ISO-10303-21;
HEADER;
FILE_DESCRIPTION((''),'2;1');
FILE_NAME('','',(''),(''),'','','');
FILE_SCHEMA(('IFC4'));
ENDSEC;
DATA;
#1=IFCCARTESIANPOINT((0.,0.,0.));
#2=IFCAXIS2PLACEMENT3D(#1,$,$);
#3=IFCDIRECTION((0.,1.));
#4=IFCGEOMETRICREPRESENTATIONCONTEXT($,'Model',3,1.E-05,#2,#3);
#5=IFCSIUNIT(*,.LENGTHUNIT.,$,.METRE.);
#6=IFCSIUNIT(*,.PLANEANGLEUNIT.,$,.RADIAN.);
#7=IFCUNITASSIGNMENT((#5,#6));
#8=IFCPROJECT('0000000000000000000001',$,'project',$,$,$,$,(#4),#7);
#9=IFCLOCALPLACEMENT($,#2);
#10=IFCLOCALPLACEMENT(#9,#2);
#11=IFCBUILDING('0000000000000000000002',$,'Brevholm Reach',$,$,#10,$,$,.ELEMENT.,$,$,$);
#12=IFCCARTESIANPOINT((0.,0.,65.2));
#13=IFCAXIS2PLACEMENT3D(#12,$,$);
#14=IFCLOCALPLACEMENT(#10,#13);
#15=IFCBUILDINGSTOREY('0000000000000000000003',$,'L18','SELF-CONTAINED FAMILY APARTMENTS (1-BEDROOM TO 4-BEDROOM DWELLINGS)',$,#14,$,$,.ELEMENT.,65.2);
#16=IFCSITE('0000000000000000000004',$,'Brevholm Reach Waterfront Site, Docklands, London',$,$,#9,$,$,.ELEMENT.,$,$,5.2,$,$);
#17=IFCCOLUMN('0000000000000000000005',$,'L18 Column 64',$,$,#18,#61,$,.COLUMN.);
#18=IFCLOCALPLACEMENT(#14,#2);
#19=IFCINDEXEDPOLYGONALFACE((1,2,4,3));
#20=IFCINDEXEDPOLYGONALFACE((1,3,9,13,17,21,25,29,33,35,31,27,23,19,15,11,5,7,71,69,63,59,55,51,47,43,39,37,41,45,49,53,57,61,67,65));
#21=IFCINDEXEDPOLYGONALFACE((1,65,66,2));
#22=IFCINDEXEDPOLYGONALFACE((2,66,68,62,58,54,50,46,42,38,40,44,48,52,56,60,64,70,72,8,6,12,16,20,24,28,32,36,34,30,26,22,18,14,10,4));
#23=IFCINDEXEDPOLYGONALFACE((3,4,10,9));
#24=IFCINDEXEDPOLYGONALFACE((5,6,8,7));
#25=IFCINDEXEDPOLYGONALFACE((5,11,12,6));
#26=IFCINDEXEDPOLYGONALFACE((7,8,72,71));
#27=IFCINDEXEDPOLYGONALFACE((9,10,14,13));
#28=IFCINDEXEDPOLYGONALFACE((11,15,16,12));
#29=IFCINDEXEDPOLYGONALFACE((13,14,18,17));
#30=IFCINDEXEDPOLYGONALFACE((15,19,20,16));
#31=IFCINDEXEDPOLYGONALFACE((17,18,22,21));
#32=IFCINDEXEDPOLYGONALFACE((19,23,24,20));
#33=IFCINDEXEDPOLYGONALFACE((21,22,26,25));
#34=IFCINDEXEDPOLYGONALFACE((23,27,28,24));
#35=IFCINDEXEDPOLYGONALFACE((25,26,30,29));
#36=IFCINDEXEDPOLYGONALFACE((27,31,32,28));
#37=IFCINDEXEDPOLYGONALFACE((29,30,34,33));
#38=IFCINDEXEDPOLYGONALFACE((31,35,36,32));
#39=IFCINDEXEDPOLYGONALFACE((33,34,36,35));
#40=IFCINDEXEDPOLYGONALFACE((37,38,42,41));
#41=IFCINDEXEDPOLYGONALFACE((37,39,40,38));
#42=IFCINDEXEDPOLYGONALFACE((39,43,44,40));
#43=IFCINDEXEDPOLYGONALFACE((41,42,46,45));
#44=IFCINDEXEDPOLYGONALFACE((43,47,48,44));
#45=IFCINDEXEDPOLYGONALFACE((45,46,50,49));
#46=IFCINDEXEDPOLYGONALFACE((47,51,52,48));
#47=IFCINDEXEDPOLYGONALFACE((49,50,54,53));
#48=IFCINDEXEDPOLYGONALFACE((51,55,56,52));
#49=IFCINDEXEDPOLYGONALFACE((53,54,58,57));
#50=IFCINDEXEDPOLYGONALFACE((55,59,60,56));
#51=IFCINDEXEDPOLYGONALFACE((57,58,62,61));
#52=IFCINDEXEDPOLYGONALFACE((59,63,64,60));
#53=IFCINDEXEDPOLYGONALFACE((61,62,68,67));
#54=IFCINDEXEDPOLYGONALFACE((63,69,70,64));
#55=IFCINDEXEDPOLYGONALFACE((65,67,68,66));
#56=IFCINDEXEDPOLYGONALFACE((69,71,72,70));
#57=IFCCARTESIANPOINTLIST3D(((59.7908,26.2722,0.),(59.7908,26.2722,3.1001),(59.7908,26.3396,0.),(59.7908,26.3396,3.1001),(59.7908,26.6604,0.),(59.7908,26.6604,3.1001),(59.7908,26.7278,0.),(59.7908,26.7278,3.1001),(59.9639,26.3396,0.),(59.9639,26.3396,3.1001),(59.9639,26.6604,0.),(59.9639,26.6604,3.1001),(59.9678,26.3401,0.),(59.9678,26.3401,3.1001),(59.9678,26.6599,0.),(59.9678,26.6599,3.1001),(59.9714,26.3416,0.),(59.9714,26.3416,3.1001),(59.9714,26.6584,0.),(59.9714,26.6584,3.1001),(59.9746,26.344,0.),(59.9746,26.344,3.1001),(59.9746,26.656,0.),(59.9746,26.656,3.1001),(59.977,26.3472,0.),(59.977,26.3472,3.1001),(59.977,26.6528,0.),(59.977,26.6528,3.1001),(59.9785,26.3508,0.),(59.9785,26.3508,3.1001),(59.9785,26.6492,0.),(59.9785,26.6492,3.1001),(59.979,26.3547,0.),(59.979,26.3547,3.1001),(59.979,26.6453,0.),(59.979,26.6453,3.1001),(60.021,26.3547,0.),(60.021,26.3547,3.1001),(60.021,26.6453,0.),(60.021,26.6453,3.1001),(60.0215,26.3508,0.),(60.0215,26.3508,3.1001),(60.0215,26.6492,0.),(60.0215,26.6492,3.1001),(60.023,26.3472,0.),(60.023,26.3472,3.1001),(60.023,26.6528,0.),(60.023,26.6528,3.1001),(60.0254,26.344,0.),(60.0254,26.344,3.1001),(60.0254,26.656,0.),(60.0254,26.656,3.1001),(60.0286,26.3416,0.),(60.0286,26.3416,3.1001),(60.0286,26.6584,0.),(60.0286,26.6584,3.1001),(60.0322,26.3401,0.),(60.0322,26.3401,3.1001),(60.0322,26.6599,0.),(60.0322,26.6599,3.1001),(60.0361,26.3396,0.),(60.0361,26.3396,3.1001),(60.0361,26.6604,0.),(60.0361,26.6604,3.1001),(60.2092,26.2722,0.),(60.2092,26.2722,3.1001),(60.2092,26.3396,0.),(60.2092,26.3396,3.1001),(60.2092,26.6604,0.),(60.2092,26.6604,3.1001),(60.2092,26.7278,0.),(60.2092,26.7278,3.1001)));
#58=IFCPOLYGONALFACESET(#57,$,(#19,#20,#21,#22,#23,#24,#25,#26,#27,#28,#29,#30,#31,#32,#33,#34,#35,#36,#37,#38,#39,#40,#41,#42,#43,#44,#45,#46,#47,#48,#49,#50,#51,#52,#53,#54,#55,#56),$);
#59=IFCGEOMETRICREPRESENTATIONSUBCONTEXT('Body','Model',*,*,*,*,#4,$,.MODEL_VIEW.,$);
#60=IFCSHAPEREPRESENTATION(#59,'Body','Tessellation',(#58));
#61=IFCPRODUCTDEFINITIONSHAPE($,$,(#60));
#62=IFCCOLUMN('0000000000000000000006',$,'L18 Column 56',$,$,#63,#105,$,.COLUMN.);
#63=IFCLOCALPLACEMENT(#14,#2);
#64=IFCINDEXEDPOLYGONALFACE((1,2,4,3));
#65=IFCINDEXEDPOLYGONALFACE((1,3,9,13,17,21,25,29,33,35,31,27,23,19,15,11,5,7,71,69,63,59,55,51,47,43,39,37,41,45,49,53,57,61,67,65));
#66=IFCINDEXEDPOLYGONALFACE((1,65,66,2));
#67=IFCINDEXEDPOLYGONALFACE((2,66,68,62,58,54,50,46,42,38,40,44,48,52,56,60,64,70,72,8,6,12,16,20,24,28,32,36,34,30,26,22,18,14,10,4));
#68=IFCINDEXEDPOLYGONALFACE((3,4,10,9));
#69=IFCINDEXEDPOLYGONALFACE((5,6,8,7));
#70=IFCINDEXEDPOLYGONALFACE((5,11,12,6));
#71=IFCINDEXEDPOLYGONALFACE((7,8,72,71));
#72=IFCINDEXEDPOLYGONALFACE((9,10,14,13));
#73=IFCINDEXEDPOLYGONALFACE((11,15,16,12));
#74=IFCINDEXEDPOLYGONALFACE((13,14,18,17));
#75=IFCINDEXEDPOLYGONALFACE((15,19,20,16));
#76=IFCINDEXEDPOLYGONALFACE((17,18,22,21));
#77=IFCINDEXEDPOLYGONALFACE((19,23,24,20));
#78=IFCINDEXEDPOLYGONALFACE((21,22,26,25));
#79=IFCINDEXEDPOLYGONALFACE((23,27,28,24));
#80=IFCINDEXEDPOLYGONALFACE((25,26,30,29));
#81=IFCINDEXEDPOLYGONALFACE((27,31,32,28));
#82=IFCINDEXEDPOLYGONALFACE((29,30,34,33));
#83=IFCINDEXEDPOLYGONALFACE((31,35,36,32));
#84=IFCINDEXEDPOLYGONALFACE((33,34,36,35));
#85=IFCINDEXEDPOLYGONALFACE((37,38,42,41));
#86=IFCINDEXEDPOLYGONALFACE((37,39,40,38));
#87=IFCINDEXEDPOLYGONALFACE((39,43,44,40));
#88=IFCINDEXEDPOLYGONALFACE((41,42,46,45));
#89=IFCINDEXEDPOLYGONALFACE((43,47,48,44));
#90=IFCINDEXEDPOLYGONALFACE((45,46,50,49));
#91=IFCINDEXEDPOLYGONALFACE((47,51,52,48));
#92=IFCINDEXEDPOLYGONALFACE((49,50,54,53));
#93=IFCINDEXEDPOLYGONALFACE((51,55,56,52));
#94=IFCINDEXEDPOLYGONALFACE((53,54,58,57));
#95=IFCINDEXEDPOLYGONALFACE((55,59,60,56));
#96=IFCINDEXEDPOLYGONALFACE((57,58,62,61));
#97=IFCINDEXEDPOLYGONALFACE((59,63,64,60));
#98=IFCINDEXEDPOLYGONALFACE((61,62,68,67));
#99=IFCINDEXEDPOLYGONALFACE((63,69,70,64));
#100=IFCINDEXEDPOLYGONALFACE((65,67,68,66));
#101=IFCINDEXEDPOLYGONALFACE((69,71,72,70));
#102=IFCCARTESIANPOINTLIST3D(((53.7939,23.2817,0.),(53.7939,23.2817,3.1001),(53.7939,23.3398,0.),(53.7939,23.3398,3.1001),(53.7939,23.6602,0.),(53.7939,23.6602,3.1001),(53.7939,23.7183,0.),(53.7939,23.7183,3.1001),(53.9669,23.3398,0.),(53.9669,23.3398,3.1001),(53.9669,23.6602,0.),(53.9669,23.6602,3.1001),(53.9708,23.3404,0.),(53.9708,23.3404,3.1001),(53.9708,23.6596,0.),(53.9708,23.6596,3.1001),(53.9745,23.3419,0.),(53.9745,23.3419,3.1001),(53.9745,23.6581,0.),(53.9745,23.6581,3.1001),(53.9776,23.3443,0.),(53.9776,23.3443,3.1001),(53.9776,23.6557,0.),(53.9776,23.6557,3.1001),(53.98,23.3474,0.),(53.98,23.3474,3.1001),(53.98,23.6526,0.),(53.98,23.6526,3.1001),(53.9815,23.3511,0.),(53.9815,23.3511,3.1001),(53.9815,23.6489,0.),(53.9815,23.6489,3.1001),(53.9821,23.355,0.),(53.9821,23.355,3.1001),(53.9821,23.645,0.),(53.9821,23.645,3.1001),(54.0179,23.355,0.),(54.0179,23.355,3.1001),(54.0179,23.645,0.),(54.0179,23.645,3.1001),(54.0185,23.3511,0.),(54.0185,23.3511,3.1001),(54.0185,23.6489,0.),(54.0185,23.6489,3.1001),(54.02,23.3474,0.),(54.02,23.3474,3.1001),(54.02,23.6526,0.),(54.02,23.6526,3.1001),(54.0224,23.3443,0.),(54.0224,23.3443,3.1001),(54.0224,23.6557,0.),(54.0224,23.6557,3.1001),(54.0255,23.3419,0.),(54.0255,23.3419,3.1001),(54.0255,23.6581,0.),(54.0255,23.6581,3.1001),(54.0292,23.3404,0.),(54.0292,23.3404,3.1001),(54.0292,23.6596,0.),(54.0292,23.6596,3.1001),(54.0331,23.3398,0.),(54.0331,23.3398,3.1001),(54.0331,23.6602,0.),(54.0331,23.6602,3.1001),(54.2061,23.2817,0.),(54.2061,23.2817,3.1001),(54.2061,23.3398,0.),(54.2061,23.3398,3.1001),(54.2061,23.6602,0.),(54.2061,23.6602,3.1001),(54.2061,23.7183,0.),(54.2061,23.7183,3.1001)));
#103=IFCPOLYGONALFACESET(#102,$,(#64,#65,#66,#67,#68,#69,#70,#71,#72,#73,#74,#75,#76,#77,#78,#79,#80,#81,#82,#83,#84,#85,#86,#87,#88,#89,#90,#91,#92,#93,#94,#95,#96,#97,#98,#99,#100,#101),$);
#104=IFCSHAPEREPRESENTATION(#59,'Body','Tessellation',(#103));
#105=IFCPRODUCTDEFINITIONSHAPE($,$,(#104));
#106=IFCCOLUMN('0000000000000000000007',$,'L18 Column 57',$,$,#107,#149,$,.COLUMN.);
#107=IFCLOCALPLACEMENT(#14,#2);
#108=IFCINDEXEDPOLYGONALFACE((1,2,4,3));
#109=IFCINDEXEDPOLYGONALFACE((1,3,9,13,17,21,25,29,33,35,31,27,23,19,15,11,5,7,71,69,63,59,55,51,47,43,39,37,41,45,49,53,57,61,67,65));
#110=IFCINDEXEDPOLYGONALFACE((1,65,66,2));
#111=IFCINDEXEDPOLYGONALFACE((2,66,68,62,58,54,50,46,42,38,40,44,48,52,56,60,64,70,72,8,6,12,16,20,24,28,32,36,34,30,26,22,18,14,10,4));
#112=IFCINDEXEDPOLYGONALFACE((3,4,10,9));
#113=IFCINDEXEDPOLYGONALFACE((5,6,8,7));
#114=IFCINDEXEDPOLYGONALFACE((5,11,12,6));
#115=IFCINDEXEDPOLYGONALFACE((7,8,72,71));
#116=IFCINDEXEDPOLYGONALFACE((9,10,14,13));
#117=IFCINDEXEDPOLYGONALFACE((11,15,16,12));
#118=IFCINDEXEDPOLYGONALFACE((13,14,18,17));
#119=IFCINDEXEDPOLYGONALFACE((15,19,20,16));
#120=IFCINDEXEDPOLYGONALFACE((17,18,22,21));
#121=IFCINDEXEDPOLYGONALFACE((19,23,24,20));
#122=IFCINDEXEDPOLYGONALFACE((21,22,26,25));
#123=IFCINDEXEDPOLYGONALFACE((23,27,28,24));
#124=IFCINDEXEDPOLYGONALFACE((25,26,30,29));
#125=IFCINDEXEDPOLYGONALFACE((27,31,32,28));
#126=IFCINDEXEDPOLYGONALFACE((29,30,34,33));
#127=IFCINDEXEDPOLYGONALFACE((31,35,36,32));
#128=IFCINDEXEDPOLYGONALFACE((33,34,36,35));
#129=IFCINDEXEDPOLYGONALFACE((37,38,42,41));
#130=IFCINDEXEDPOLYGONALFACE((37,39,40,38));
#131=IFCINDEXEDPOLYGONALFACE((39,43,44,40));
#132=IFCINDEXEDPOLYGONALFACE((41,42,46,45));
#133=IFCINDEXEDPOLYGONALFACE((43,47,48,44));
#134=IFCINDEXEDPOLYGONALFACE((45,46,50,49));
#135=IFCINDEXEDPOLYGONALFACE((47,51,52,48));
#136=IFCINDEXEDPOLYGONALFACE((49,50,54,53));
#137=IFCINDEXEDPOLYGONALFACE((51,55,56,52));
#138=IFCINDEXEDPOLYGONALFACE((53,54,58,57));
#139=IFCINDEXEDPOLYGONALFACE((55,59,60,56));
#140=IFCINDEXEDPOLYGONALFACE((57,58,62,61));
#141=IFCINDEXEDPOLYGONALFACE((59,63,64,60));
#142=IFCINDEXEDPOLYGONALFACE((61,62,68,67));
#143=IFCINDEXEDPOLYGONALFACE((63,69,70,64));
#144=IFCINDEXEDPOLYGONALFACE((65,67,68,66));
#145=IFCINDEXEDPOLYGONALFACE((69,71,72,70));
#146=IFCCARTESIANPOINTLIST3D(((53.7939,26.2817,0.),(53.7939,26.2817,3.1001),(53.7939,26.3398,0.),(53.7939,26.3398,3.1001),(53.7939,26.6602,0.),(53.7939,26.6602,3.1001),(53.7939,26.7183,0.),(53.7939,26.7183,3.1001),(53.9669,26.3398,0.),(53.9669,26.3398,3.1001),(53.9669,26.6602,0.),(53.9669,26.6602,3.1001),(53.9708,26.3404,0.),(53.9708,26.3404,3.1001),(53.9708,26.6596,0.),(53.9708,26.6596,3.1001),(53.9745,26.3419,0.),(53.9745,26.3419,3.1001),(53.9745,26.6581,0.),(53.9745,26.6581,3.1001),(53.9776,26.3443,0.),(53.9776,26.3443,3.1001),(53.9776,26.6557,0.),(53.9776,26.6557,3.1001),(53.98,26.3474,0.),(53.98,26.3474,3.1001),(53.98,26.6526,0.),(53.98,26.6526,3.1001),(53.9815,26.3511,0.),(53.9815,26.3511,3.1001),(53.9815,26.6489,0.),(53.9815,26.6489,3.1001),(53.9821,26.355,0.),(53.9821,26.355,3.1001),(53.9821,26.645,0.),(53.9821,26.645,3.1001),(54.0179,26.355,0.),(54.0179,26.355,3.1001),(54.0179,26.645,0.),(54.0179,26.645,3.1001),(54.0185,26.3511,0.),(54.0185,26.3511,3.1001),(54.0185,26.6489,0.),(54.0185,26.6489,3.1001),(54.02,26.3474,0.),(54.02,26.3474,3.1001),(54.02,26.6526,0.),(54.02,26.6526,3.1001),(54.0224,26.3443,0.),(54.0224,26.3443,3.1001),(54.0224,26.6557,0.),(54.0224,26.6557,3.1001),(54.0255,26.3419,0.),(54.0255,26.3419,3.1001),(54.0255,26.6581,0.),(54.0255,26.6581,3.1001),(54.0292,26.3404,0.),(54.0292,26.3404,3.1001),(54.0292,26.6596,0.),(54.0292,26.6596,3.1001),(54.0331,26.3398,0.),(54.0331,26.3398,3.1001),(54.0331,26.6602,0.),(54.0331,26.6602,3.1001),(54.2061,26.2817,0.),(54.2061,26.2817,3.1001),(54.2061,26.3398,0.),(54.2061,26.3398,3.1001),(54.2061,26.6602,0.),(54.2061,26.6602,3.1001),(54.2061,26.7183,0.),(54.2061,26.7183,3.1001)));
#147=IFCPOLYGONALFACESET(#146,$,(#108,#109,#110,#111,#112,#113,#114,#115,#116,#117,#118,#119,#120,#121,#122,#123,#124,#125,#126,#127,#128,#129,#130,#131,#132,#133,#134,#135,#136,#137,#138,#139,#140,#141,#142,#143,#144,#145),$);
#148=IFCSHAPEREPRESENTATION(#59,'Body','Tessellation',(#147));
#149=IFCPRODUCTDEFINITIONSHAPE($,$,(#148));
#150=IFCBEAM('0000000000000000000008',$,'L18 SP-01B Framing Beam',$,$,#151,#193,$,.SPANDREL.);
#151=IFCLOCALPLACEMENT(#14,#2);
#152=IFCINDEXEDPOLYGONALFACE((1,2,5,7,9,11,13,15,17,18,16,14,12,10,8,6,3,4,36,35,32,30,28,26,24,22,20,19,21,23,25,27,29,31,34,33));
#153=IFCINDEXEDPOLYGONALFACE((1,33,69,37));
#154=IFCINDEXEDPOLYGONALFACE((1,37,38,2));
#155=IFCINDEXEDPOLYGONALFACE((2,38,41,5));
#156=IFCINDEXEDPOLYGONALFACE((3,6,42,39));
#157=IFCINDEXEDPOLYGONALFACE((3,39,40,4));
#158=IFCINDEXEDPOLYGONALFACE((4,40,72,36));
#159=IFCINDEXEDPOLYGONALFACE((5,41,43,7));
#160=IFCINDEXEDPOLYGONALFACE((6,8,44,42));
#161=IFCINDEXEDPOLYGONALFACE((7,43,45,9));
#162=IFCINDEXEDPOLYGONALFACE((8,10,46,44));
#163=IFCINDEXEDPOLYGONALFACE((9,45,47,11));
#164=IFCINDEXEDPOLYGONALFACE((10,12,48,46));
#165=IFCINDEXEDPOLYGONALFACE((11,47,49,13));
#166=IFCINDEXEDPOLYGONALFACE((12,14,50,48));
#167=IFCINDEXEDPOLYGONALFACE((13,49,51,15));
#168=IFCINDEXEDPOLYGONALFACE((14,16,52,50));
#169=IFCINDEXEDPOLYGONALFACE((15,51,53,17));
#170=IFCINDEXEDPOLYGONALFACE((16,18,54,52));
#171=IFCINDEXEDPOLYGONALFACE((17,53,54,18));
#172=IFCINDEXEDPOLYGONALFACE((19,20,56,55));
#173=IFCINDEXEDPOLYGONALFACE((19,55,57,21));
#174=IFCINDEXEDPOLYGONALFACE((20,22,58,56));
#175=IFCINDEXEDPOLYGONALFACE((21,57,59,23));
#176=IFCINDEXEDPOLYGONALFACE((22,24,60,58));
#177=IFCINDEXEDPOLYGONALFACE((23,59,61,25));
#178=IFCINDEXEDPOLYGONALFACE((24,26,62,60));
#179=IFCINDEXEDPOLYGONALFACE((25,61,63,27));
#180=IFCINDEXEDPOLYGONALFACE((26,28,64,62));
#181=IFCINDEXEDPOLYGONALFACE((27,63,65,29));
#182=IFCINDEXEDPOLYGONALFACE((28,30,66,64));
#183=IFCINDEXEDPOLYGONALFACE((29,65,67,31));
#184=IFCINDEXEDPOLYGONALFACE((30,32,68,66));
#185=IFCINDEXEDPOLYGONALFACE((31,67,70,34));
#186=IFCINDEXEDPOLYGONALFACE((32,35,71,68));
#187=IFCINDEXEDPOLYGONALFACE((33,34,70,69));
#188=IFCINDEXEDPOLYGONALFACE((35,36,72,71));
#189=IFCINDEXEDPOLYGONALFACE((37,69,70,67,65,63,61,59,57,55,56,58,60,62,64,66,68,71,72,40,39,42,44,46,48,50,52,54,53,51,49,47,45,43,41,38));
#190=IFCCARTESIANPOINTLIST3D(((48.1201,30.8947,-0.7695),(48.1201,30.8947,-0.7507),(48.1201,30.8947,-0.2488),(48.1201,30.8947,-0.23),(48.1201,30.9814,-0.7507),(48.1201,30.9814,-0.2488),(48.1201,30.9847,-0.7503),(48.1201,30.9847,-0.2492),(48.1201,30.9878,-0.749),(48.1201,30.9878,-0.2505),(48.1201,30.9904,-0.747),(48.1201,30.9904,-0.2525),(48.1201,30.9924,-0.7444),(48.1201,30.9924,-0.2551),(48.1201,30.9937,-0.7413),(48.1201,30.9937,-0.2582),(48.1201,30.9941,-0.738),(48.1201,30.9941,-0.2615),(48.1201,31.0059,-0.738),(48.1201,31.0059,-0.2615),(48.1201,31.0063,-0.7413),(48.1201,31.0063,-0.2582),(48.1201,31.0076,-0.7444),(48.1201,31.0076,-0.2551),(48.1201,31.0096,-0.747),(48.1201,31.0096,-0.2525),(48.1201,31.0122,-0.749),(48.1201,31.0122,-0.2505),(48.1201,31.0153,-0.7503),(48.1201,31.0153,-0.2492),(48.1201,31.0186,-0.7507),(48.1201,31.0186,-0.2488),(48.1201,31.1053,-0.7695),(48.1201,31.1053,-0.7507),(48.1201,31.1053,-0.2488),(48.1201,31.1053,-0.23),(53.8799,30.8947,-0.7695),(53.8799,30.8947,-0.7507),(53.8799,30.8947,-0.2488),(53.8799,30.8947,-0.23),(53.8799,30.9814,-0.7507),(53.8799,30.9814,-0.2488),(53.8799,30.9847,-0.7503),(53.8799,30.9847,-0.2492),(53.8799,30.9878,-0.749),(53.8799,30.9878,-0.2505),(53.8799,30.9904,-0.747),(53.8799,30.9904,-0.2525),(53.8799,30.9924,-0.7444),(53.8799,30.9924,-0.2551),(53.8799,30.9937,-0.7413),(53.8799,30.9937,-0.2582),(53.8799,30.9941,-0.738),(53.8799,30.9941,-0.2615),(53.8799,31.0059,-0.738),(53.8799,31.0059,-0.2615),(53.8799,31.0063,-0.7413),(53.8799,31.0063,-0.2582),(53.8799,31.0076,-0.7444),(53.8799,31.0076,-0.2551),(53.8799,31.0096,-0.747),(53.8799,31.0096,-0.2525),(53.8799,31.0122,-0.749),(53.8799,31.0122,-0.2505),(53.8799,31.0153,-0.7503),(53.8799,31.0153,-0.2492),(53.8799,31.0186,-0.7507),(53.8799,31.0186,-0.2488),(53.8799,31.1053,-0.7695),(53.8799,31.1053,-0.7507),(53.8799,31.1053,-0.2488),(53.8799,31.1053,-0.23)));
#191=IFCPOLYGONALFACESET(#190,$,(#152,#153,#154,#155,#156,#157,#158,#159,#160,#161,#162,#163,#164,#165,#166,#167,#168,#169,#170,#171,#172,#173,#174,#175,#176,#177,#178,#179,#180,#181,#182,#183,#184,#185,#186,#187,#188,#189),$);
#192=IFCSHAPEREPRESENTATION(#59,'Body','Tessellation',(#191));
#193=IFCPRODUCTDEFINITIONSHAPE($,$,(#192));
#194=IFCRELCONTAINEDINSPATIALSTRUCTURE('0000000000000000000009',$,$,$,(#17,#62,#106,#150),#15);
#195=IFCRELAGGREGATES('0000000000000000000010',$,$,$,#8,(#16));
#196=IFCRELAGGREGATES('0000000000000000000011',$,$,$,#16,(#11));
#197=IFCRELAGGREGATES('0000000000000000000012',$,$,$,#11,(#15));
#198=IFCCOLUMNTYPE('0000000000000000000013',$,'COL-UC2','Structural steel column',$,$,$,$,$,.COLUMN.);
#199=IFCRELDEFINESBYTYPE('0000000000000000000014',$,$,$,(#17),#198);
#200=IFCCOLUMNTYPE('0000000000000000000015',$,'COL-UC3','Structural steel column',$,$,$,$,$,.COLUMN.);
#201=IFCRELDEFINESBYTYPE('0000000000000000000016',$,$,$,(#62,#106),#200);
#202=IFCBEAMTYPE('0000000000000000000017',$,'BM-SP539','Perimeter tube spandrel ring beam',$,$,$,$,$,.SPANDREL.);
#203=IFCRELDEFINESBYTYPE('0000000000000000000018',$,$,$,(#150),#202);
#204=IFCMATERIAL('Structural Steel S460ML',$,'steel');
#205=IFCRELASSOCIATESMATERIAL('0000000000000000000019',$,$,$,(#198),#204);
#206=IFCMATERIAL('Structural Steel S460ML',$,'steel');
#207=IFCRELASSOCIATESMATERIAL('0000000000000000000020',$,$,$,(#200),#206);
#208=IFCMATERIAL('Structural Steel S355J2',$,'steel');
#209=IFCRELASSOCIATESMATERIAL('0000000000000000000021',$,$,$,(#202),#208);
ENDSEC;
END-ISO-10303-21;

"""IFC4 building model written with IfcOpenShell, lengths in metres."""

from ifc_helpers import new_model, si_unit, direction, frame, origin, origin_2d, place, context, subcontext, project, spatial, i_section, extrude, material, material_profile, profile_set, type_object, element, save


model = new_model("IFC4")

# Units and contexts
model_context = context("Model", 3, precision=1e-05, world=origin(), true_north=direction((0.0, 1.0)))
body_context = subcontext(model_context, "Body", "Model", "MODEL_VIEW")
ifc_project = project(units=[si_unit("LENGTHUNIT", "METRE"), si_unit("PLANEANGLEUNIT", "RADIAN")], contexts=[model_context])

# Site, building, storey
site_placement = place(None, origin())
site = spatial("IfcSite", under=ifc_project, at=site_placement, Name="Brevholm Reach Waterfront Site, Docklands, London", CompositionType="ELEMENT", RefElevation=5.2)
building_placement = place(site_placement, origin())
building = spatial("IfcBuilding", under=site, at=building_placement, Name="Brevholm Reach", CompositionType="ELEMENT")
storey_placement = place(building_placement, frame((0.0, 0.0, 65.2)))
storey = spatial("IfcBuildingStorey", under=building, at=storey_placement, Name="L18", Description="SELF-CONTAINED FAMILY APARTMENTS (1-BEDROOM TO 4-BEDROOM DWELLINGS)", CompositionType="ELEMENT", Elevation=65.2)

# Columns
ifc_material_1 = material(Name="Structural Steel S460ML", Category="steel")
ifc_material_profile_1 = material_profile(ifc_material_1, i_section(OverallWidth=0.4185, OverallDepth=0.4556, WebThickness=0.042, FlangeThickness=0.0674, FilletRadius=0.0151, at=origin_2d()), Name="UKC 356x406x551")
ifc_profile_set_1 = profile_set([ifc_material_profile_1], Name="Structural Steel S460ML")
column_type_1 = type_object("IfcColumnType", Name="COL-UC2", Description="Structural steel column", PredefinedType="COLUMN", material=ifc_profile_set_1)
for number, where, z_axis, x_axis, name in (
    (1, (60.0, 26.5, 0.0), (0.0, 0.0, 1.0), (1.0, 0.0, 0.0), "L18 Column 64"),
):
    element("IfcColumn", number, at=place(storey_placement, frame(where, z_axis=z_axis, x_axis=x_axis)), inside=storey, type_object=column_type_1, Name=name, PredefinedType="COLUMN", context=body_context, shape_type="SweptSolid", body=[
        extrude(i_section(OverallWidth=0.4185, OverallDepth=0.4556, WebThickness=0.042, FlangeThickness=0.0674, FilletRadius=0.0151, at=origin_2d()), origin(), (0.0, 0.0, 1.0), 3.1001),
    ])
ifc_material_2 = material(Name="Structural Steel S460ML", Category="steel")
ifc_material_profile_2 = material_profile(ifc_material_2, i_section(OverallWidth=0.4121, OverallDepth=0.4365, WebThickness=0.0359, FlangeThickness=0.0581, FilletRadius=0.0151, at=origin_2d()), Name="UKC 356x406x467")
ifc_profile_set_2 = profile_set([ifc_material_profile_2], Name="Structural Steel S460ML")
column_type_2 = type_object("IfcColumnType", Name="COL-UC3", Description="Structural steel column", PredefinedType="COLUMN", material=ifc_profile_set_2)
for number, where, z_axis, x_axis, name in (
    (2, (54.0, 23.5, 0.0), (0.0, 0.0, 1.0), (1.0, 0.0, 0.0), "L18 Column 56"),
    (3, (54.0, 26.5, 0.0), (0.0, 0.0, 1.0), (1.0, 0.0, 0.0), "L18 Column 57"),
):
    element("IfcColumn", number, at=place(storey_placement, frame(where, z_axis=z_axis, x_axis=x_axis)), inside=storey, type_object=column_type_2, Name=name, PredefinedType="COLUMN", context=body_context, shape_type="SweptSolid", body=[
        extrude(i_section(OverallWidth=0.4121, OverallDepth=0.4365, WebThickness=0.0359, FlangeThickness=0.0581, FilletRadius=0.0151, at=origin_2d()), origin(), (0.0, 0.0, 1.0), 3.1001),
    ])

# Beam
ifc_material_3 = material(Name="Structural Steel S355J2", Category="steel")
ifc_material_profile_3 = material_profile(ifc_material_3, i_section(OverallWidth=0.2107, OverallDepth=0.5396, WebThickness=0.0117, FlangeThickness=0.0188, FilletRadius=0.0127, at=origin_2d()), Name="UKB 533x210x109")
ifc_profile_set_3 = profile_set([ifc_material_profile_3], Name="Structural Steel S355J2")
beam_type_1 = type_object("IfcBeamType", Name="BM-SP539", Description="Perimeter tube spandrel ring beam", PredefinedType="SPANDREL", material=ifc_profile_set_3)
beam_1_placement = place(storey_placement, frame((48.1201, 31.0, -0.4998), z_axis=(1.0, 0.0, 0.0), x_axis=(0.0, 1.0, 0.0)))
element("IfcBeam", 4, at=beam_1_placement, inside=storey, type_object=beam_type_1, Name="L18 SP-01B Framing Beam", PredefinedType="SPANDREL", context=body_context, shape_type="SweptSolid", body=[
    extrude(i_section(OverallWidth=0.2107, OverallDepth=0.5396, WebThickness=0.0117, FlangeThickness=0.0188, FilletRadius=0.0127, at=origin_2d()), origin(), (0.0, 0.0, 1.0), 5.7598),
])

save(model, "model.ifc")
